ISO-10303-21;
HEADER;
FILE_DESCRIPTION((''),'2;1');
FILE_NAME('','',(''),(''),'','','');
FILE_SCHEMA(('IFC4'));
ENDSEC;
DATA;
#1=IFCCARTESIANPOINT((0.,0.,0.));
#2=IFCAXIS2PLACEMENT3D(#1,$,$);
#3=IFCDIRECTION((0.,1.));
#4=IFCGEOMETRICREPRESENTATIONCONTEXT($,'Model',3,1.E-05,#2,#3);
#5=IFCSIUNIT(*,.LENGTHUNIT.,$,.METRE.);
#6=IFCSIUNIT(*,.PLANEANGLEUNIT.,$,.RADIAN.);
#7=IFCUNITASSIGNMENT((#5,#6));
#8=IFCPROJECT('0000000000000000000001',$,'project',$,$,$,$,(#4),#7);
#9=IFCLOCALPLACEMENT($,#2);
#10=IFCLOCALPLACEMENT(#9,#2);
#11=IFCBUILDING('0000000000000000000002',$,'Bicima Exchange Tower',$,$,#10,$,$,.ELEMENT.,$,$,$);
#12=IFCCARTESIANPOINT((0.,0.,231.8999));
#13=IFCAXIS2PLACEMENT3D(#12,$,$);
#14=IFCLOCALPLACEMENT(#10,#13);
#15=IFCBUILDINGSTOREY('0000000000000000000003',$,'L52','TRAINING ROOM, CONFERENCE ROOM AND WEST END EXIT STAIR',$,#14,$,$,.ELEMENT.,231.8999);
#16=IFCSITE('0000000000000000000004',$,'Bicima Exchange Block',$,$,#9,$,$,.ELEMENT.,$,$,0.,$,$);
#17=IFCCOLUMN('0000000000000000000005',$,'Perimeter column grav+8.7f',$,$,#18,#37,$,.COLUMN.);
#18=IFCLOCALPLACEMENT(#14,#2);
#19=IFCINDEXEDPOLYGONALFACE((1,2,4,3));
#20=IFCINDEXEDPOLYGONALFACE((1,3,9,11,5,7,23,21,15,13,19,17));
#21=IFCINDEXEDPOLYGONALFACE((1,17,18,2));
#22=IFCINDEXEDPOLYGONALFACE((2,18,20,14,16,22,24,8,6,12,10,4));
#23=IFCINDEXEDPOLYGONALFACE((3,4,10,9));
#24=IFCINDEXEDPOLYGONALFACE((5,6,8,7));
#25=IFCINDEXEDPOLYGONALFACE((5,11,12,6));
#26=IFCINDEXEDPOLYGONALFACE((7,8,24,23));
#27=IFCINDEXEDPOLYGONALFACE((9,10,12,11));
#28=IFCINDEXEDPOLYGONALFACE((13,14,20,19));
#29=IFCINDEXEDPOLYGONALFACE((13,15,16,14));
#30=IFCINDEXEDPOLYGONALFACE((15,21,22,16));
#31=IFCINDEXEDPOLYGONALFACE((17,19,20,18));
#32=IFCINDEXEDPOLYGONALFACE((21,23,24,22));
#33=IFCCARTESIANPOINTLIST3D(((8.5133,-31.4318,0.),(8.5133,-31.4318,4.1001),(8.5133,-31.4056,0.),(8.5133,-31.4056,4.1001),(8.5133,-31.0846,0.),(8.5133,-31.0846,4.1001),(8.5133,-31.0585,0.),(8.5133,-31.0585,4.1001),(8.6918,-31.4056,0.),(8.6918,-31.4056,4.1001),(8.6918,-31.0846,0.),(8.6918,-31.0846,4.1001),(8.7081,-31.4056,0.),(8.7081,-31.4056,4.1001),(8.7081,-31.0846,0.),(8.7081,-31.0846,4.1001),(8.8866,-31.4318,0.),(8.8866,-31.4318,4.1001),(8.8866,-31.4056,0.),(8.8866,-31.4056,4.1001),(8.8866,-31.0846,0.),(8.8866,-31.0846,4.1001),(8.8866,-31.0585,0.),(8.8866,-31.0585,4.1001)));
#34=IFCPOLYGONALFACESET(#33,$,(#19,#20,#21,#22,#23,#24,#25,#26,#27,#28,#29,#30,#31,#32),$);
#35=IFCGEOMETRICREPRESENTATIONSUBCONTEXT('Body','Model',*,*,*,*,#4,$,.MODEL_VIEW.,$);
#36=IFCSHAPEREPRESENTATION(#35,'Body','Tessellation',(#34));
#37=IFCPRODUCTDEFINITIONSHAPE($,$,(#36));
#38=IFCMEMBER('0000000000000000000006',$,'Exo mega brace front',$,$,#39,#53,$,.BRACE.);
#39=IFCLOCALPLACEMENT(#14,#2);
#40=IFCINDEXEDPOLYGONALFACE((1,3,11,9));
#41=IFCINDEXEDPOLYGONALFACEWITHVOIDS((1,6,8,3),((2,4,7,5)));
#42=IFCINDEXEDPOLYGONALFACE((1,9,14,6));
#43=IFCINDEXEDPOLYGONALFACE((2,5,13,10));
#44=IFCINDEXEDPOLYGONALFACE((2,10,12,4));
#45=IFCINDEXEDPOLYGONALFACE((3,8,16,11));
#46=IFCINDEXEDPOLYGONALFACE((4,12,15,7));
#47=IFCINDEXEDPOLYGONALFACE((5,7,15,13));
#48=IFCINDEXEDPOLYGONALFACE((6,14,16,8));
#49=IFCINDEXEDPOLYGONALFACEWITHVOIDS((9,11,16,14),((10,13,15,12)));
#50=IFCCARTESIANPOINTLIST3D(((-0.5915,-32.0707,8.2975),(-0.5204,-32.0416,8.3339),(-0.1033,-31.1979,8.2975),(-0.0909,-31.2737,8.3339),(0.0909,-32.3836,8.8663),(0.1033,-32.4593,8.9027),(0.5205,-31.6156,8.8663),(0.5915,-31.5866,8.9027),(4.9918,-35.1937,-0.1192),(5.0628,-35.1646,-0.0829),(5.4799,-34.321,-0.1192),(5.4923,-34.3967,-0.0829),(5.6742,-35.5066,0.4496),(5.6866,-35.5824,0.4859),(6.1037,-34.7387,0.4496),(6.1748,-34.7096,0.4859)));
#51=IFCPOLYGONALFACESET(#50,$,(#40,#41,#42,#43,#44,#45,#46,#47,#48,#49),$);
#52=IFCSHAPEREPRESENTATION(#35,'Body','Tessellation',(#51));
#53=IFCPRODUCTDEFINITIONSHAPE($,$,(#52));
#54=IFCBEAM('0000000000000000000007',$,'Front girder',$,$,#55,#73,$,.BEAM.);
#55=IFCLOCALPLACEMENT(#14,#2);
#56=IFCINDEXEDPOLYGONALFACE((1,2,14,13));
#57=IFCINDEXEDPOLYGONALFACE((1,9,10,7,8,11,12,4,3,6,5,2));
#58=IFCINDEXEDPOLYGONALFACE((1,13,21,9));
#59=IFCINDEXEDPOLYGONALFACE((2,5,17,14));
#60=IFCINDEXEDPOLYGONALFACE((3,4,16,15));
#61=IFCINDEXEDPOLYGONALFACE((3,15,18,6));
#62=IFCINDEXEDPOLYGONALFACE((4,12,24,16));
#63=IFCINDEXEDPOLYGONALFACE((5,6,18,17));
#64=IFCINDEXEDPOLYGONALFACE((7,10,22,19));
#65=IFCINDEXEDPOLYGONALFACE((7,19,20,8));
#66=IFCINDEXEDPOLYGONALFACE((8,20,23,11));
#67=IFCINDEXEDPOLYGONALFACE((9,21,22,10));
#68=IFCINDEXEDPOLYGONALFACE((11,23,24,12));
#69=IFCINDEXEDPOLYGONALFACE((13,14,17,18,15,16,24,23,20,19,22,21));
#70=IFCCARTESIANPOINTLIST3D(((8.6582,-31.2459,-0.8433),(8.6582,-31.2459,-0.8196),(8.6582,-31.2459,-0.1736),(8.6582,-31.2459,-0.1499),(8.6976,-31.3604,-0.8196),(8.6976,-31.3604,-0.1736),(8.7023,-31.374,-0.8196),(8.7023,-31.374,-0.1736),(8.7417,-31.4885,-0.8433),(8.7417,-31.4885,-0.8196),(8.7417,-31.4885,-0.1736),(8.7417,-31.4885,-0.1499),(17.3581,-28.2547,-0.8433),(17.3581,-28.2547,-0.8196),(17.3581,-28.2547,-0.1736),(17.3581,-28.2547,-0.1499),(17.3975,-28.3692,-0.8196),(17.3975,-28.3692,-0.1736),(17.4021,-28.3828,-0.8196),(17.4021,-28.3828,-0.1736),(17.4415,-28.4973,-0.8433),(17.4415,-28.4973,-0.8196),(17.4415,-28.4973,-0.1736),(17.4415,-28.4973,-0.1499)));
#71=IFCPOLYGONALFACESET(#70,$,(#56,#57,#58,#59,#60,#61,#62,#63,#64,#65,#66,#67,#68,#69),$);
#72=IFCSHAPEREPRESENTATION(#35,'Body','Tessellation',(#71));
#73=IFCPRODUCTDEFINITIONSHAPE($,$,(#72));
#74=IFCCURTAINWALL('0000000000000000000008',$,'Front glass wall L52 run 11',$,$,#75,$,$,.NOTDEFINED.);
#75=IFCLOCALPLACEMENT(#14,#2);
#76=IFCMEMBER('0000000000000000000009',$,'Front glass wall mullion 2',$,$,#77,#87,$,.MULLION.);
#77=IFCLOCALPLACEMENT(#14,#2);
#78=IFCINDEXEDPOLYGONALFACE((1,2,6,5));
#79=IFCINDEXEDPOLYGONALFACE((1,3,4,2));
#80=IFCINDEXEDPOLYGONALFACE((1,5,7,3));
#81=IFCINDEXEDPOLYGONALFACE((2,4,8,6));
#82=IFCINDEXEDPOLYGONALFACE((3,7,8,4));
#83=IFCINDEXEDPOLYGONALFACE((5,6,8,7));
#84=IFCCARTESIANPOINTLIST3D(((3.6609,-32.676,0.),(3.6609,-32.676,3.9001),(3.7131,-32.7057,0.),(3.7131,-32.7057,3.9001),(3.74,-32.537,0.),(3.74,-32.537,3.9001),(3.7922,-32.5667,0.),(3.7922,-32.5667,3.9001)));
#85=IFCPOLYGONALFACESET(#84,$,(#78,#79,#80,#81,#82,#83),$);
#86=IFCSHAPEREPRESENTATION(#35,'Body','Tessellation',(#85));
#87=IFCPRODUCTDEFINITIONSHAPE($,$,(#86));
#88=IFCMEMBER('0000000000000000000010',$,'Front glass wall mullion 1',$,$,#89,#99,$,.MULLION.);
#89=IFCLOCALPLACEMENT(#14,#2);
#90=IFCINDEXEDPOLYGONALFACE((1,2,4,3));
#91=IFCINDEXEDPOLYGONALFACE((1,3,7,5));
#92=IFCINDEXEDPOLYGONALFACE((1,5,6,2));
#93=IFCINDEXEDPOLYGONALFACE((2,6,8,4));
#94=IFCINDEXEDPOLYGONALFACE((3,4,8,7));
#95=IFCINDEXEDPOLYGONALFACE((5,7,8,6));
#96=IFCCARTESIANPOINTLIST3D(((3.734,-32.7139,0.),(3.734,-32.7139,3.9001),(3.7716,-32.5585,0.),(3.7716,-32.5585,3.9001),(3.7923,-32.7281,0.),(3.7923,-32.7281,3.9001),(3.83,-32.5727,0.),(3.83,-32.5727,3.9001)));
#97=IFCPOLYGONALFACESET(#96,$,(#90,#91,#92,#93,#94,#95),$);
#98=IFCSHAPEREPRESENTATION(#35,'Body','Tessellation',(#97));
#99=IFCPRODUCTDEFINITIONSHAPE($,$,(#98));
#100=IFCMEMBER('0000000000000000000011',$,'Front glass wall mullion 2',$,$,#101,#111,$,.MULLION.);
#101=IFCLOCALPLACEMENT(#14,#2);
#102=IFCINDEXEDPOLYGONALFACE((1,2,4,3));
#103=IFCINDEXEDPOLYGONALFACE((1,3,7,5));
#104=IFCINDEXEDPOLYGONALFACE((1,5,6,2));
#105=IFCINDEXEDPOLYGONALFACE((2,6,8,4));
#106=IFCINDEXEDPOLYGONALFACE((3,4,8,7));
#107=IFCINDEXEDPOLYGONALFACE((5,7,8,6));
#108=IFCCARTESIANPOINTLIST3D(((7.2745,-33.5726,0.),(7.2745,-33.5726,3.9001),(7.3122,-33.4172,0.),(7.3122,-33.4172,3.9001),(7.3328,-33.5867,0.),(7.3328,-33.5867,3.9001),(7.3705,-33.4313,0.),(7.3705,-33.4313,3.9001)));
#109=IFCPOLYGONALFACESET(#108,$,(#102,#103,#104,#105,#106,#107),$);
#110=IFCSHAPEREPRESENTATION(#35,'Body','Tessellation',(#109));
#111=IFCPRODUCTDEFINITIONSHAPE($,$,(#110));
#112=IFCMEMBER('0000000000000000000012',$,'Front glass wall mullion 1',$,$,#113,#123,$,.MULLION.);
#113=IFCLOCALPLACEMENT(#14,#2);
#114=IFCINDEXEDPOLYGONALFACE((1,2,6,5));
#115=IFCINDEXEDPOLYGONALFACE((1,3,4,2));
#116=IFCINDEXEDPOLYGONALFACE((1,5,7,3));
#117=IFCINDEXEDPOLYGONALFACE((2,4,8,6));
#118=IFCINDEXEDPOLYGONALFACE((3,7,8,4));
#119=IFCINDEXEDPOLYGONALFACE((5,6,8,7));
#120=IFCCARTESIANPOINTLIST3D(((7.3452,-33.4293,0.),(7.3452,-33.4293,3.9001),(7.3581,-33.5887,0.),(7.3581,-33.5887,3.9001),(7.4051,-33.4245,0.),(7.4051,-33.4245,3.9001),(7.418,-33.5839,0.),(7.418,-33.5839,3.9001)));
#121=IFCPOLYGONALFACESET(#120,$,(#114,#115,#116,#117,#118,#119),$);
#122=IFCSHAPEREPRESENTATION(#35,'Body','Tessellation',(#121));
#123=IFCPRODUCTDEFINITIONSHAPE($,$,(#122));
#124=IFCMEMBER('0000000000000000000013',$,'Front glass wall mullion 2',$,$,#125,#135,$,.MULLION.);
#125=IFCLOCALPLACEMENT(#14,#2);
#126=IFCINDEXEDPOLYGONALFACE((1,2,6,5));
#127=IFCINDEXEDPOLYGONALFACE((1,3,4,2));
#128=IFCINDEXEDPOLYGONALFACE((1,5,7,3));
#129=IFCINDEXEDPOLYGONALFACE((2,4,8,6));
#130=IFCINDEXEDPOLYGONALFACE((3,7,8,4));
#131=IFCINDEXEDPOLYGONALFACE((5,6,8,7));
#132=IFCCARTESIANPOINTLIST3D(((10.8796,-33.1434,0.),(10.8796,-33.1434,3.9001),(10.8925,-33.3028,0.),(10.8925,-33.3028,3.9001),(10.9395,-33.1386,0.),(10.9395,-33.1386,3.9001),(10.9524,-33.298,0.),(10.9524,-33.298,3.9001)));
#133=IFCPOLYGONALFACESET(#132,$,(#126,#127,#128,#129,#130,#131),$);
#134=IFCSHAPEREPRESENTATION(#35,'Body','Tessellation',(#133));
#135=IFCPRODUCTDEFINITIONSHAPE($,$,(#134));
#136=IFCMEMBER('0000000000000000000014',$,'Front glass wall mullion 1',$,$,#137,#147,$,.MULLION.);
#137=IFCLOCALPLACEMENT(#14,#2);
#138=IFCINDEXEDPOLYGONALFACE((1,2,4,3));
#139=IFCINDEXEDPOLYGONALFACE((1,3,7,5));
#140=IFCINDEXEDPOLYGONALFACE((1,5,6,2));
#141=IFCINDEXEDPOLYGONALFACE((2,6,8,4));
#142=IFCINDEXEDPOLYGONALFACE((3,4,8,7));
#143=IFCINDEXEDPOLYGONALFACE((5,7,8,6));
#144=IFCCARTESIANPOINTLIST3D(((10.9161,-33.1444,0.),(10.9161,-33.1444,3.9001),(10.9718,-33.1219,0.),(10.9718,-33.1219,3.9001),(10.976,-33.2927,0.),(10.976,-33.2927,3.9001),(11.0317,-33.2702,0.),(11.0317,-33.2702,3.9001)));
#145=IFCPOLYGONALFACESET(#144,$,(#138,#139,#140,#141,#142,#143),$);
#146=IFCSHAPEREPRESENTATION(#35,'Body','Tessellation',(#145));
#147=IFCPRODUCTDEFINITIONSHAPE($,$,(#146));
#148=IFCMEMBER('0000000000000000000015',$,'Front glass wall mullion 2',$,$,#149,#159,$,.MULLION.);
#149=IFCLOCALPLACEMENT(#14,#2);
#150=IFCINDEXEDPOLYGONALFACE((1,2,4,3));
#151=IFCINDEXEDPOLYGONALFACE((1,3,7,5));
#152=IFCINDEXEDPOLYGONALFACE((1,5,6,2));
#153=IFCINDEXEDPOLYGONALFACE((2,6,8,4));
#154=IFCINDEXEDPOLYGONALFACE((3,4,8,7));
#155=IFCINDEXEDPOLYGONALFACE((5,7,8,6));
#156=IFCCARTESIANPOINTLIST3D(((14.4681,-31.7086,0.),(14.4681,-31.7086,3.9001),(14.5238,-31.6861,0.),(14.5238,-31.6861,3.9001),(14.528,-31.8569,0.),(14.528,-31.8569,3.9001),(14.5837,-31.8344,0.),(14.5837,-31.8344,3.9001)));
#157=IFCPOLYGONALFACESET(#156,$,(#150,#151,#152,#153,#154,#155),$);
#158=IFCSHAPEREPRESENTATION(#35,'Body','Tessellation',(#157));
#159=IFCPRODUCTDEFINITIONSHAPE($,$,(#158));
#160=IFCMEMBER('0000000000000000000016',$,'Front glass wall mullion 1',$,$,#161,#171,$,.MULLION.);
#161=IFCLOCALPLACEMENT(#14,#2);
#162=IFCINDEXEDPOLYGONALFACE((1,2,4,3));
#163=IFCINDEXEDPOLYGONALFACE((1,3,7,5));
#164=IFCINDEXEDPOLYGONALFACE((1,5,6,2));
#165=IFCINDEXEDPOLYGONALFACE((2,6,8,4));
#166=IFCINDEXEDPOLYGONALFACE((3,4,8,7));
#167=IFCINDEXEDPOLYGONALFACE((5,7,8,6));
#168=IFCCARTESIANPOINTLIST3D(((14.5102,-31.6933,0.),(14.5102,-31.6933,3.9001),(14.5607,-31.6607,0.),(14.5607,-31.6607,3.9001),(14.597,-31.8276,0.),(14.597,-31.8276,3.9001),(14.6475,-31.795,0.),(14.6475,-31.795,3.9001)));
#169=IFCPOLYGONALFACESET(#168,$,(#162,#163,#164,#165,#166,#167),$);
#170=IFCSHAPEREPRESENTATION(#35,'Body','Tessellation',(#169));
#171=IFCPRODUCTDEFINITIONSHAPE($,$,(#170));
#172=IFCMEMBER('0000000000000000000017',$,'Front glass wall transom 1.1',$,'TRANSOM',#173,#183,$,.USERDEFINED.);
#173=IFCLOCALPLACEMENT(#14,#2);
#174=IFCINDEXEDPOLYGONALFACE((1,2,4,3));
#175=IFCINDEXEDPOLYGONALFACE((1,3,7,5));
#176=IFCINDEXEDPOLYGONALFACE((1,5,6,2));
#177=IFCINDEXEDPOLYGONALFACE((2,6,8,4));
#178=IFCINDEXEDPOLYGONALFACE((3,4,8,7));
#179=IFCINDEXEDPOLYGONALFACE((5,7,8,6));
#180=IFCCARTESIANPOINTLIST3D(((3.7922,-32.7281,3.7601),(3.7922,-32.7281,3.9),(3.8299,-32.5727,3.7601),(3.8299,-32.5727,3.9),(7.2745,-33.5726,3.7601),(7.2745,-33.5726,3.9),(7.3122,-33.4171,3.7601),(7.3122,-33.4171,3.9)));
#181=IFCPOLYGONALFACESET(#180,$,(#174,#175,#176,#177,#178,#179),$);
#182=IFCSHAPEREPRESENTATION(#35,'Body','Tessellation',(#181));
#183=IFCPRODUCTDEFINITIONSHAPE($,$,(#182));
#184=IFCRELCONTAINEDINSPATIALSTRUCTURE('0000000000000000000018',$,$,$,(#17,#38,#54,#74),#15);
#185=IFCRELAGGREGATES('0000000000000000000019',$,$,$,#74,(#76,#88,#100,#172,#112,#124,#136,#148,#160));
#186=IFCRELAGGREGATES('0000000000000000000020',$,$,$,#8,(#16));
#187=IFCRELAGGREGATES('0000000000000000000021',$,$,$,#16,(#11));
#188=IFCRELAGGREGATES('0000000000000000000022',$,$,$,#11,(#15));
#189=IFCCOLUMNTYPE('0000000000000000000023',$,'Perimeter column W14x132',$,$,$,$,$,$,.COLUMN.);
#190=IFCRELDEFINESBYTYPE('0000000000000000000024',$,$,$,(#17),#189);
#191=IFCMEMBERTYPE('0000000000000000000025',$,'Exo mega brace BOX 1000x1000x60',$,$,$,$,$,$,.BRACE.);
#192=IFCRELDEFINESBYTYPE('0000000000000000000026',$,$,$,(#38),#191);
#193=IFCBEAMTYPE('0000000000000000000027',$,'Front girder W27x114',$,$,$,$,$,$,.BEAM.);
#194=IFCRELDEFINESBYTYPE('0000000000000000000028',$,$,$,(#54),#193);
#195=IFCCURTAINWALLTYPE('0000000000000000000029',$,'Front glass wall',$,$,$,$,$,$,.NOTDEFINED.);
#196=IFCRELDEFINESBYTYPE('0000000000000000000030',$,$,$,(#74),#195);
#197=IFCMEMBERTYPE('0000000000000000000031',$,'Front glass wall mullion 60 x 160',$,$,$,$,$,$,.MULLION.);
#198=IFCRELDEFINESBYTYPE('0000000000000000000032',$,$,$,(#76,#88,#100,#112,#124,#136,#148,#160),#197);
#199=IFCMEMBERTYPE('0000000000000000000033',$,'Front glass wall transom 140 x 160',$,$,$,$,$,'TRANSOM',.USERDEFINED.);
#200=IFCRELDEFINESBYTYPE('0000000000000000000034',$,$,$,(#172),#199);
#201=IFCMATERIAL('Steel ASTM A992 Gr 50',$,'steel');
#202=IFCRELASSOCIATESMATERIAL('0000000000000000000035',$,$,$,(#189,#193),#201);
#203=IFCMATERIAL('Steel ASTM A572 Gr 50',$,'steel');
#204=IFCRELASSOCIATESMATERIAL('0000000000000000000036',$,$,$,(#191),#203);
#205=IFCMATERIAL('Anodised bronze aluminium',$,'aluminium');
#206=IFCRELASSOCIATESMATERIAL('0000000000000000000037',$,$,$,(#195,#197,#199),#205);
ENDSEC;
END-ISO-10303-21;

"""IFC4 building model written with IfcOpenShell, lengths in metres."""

from ifc_helpers import new_model, si_unit, direction, frame, origin, origin_2d, place, context, subcontext, project, spatial, rectangle, hollow_rectangle, i_section, extrude, material, material_profile, profile_set, type_object, element, aggregate, save


model = new_model("IFC4")

# Units and contexts
model_context = context("Model", 3, precision=1e-05, world=origin(), true_north=direction((0.0, 1.0)))
body_context = subcontext(model_context, "Body", "Model", "MODEL_VIEW")
ifc_project = project(units=[si_unit("LENGTHUNIT", "METRE"), si_unit("PLANEANGLEUNIT", "RADIAN")], contexts=[model_context])

# Site, building, storey
site_placement = place(None, origin())
site = spatial("IfcSite", under=ifc_project, at=site_placement, Name="Bicima Exchange Block", CompositionType="ELEMENT", RefElevation=0.0)
building_placement = place(site_placement, origin())
building = spatial("IfcBuilding", under=site, at=building_placement, Name="Bicima Exchange Tower", CompositionType="ELEMENT")
storey_placement = place(building_placement, frame((0.0, 0.0, 231.8999)))
storey = spatial("IfcBuildingStorey", under=building, at=storey_placement, Name="L52", Description="TRAINING ROOM, CONFERENCE ROOM AND WEST END EXIT STAIR", CompositionType="ELEMENT", Elevation=231.8999)

# Column
ifc_material_1 = material(Name="Steel ASTM A992 Gr 50", Category="steel")
ifc_material_profile_1 = material_profile(ifc_material_1, i_section(OverallWidth=0.3733, OverallDepth=0.3733, WebThickness=0.0164, FlangeThickness=0.0261, at=origin_2d()))
ifc_profile_set_1 = profile_set([ifc_material_profile_1], Name="Steel ASTM A992 Gr 50")
column_type = type_object("IfcColumnType", Name="Perimeter column W14x132", PredefinedType="COLUMN", material=ifc_profile_set_1)
column_placement = place(storey_placement, frame((8.7, -31.2451, 0.0), z_axis=(0.0, 0.0, 1.0), x_axis=(1.0, 0.0, 0.0)))
element("IfcColumn", 1, at=column_placement, inside=storey, type_object=column_type, Name="Perimeter column grav+8.7f", PredefinedType="COLUMN", context=body_context, shape_type="SweptSolid", body=[
    extrude(i_section(OverallWidth=0.3733, OverallDepth=0.3733, WebThickness=0.0164, FlangeThickness=0.0261, at=origin_2d()), origin(), (0.0, 0.0, 1.0), 4.1001),
])

# Member
ifc_material_2 = material(Name="Steel ASTM A572 Gr 50", Category="steel")
ifc_material_profile_2 = material_profile(ifc_material_2, hollow_rectangle(XDim=1.0, YDim=1.0, WallThickness=0.0601, at=origin_2d()))
ifc_profile_set_2 = profile_set([ifc_material_profile_2], Name="Steel ASTM A572 Gr 50")
member_type_1 = type_object("IfcMemberType", Name="Exo mega brace BOX 1000x1000x60", PredefinedType="BRACE", material=ifc_profile_set_2)
member_1_placement = place(storey_placement, frame((5.5833, -34.9517, 0.1833), z_axis=(-0.528116, 0.295407, 0.796134), x_axis=(-0.488178, -0.872744, 0.0)))
element("IfcMember", 2, at=member_1_placement, inside=storey, type_object=member_type_1, Name="Exo mega brace front", PredefinedType="BRACE", context=body_context, shape_type="SweptSolid", body=[
    extrude(hollow_rectangle(XDim=1.0, YDim=1.0, WallThickness=0.0601, at=origin_2d()), origin(), (0.0, 0.0, 1.0), 10.572),
])

# Beam
ifc_material_profile_3 = material_profile(ifc_material_1, i_section(OverallWidth=0.2566, OverallDepth=0.6934, WebThickness=0.0144, FlangeThickness=0.0237, at=origin_2d()))
ifc_profile_set_3 = profile_set([ifc_material_profile_3], Name="Steel ASTM A992 Gr 50")
beam_type = type_object("IfcBeamType", Name="Front girder W27x114", PredefinedType="BEAM", material=ifc_profile_set_3)
beam_placement = place(storey_placement, frame((8.7, -31.3672, -0.4966), z_axis=(0.945666, 0.325138, 0.0), x_axis=(-0.325138, 0.945666, 0.0)))
element("IfcBeam", 3, at=beam_placement, inside=storey, type_object=beam_type, Name="Front girder", PredefinedType="BEAM", context=body_context, shape_type="SweptSolid", body=[
    extrude(i_section(OverallWidth=0.2566, OverallDepth=0.6934, WebThickness=0.0144, FlangeThickness=0.0237, at=origin_2d()), origin(), (0.0, 0.0, 1.0), 9.1997),
])

# Curtain wall, members
ifc_material_3 = material(Name="Anodised bronze aluminium", Category="aluminium")
curtain_wall_type = type_object("IfcCurtainWallType", Name="Front glass wall", PredefinedType="NOTDEFINED", material=ifc_material_3)
curtain_wall_placement = place(storey_placement, origin())
curtain_wall = element("IfcCurtainWall", 4, at=curtain_wall_placement, inside=storey, type_object=curtain_wall_type, Name="Front glass wall L52 run 11", PredefinedType="NOTDEFINED")
ifc_material_profile_4 = material_profile(ifc_material_3, rectangle(XDim=0.1599, YDim=0.0601, at=origin_2d()))
ifc_profile_set_4 = profile_set([ifc_material_profile_4], Name="Anodised bronze aluminium")
member_type_2 = type_object("IfcMemberType", Name="Front glass wall mullion 60 x 160", PredefinedType="MULLION", material=ifc_profile_set_4)
member_2_placement = place(storey_placement, frame((3.7266, -32.6213, 0.0), z_axis=(0.0, 0.0, 1.0), x_axis=(0.49433, 0.869274, 0.0)))
member_2 = element("IfcMember", 5, at=member_2_placement, type_object=member_type_2, Name="Front glass wall mullion 2", PredefinedType="MULLION", context=body_context, shape_type="SweptSolid", body=[
    extrude(rectangle(XDim=0.1599, YDim=0.0601, at=origin_2d()), origin(), (0.0, 0.0, 1.0), 3.9001),
])
member_3_placement = place(storey_placement, frame((3.782, -32.6433, 0.0), z_axis=(0.0, 0.0, 1.0), x_axis=(0.235682, 0.97183, 0.0)))
member_3 = element("IfcMember", 6, at=member_3_placement, type_object=member_type_2, Name="Front glass wall mullion 1", PredefinedType="MULLION", context=body_context, shape_type="SweptSolid", body=[
    extrude(rectangle(XDim=0.1599, YDim=0.0601, at=origin_2d()), origin(), (0.0, 0.0, 1.0), 3.9001),
])
member_4_placement = place(storey_placement, frame((7.3225, -33.502, 0.0), z_axis=(0.0, 0.0, 1.0), x_axis=(0.235682, 0.97183, 0.0)))
member_4 = element("IfcMember", 7, at=member_4_placement, type_object=member_type_2, Name="Front glass wall mullion 2", PredefinedType="MULLION", context=body_context, shape_type="SweptSolid", body=[
    extrude(rectangle(XDim=0.1599, YDim=0.0601, at=origin_2d()), origin(), (0.0, 0.0, 1.0), 3.9001),
])
member_5_placement = place(storey_placement, frame((7.3816, -33.5066, 0.0), z_axis=(0.0, 0.0, 1.0), x_axis=(-0.080589, 0.996747, 0.0)))
member_5 = element("IfcMember", 8, at=member_5_placement, type_object=member_type_2, Name="Front glass wall mullion 1", PredefinedType="MULLION", context=body_context, shape_type="SweptSolid", body=[
    extrude(rectangle(XDim=0.1599, YDim=0.0601, at=origin_2d()), origin(), (0.0, 0.0, 1.0), 3.9001),
])
member_6_placement = place(storey_placement, frame((10.916, -33.2207, 0.0), z_axis=(0.0, 0.0, 1.0), x_axis=(-0.080589, 0.996747, 0.0)))
member_6 = element("IfcMember", 9, at=member_6_placement, type_object=member_type_2, Name="Front glass wall mullion 2", PredefinedType="MULLION", context=body_context, shape_type="SweptSolid", body=[
    extrude(rectangle(XDim=0.1599, YDim=0.0601, at=origin_2d()), origin(), (0.0, 0.0, 1.0), 3.9001),
])
member_7_placement = place(storey_placement, frame((10.9739, -33.2073, 0.0), z_axis=(0.0, 0.0, 1.0), x_axis=(-0.374705, 0.927144, 0.0)))
member_7 = element("IfcMember", 10, at=member_7_placement, type_object=member_type_2, Name="Front glass wall mullion 1", PredefinedType="MULLION", context=body_context, shape_type="SweptSolid", body=[
    extrude(rectangle(XDim=0.1599, YDim=0.0601, at=origin_2d()), origin(), (0.0, 0.0, 1.0), 3.9001),
])
member_8_placement = place(storey_placement, frame((14.5259, -31.7715, 0.0), z_axis=(0.0, 0.0, 1.0), x_axis=(-0.374705, 0.927144, 0.0)))
member_8 = element("IfcMember", 11, at=member_8_placement, type_object=member_type_2, Name="Front glass wall mullion 2", PredefinedType="MULLION", context=body_context, shape_type="SweptSolid", body=[
    extrude(rectangle(XDim=0.1599, YDim=0.0601, at=origin_2d()), origin(), (0.0, 0.0, 1.0), 3.9001),
])
member_9_placement = place(storey_placement, frame((14.5789, -31.7441, 0.0), z_axis=(0.0, 0.0, 1.0), x_axis=(-0.542909, 0.839791, 0.0)))
member_9 = element("IfcMember", 12, at=member_9_placement, type_object=member_type_2, Name="Front glass wall mullion 1", PredefinedType="MULLION", context=body_context, shape_type="SweptSolid", body=[
    extrude(rectangle(XDim=0.1599, YDim=0.0601, at=origin_2d()), origin(), (0.0, 0.0, 1.0), 3.9001),
])
ifc_material_profile_5 = material_profile(ifc_material_3, rectangle(XDim=0.1599, YDim=0.1399, at=origin_2d()))
ifc_profile_set_5 = profile_set([ifc_material_profile_5], Name="Anodised bronze aluminium")
member_type_3 = type_object("IfcMemberType", Name="Front glass wall transom 140 x 160", ElementType="TRANSOM", PredefinedType="USERDEFINED", material=ifc_profile_set_5)
member_10_placement = place(storey_placement, frame((3.811, -32.6504, 3.8301), z_axis=(0.971834, -0.235668, 0.0), x_axis=(0.235668, 0.971834, 0.0)))
member_10 = element("IfcMember", 13, at=member_10_placement, type_object=member_type_3, Name="Front glass wall transom 1.1", ObjectType="TRANSOM", PredefinedType="USERDEFINED", context=body_context, shape_type="SweptSolid", body=[
    extrude(rectangle(XDim=0.1599, YDim=0.1399, at=origin_2d()), origin(), (0.0, 0.0, 1.0), 3.5833),
])
aggregate(curtain_wall, [member_2, member_3, member_4, member_10, member_5, member_6, member_7, member_8, member_9])

save(model, "model.ifc")
